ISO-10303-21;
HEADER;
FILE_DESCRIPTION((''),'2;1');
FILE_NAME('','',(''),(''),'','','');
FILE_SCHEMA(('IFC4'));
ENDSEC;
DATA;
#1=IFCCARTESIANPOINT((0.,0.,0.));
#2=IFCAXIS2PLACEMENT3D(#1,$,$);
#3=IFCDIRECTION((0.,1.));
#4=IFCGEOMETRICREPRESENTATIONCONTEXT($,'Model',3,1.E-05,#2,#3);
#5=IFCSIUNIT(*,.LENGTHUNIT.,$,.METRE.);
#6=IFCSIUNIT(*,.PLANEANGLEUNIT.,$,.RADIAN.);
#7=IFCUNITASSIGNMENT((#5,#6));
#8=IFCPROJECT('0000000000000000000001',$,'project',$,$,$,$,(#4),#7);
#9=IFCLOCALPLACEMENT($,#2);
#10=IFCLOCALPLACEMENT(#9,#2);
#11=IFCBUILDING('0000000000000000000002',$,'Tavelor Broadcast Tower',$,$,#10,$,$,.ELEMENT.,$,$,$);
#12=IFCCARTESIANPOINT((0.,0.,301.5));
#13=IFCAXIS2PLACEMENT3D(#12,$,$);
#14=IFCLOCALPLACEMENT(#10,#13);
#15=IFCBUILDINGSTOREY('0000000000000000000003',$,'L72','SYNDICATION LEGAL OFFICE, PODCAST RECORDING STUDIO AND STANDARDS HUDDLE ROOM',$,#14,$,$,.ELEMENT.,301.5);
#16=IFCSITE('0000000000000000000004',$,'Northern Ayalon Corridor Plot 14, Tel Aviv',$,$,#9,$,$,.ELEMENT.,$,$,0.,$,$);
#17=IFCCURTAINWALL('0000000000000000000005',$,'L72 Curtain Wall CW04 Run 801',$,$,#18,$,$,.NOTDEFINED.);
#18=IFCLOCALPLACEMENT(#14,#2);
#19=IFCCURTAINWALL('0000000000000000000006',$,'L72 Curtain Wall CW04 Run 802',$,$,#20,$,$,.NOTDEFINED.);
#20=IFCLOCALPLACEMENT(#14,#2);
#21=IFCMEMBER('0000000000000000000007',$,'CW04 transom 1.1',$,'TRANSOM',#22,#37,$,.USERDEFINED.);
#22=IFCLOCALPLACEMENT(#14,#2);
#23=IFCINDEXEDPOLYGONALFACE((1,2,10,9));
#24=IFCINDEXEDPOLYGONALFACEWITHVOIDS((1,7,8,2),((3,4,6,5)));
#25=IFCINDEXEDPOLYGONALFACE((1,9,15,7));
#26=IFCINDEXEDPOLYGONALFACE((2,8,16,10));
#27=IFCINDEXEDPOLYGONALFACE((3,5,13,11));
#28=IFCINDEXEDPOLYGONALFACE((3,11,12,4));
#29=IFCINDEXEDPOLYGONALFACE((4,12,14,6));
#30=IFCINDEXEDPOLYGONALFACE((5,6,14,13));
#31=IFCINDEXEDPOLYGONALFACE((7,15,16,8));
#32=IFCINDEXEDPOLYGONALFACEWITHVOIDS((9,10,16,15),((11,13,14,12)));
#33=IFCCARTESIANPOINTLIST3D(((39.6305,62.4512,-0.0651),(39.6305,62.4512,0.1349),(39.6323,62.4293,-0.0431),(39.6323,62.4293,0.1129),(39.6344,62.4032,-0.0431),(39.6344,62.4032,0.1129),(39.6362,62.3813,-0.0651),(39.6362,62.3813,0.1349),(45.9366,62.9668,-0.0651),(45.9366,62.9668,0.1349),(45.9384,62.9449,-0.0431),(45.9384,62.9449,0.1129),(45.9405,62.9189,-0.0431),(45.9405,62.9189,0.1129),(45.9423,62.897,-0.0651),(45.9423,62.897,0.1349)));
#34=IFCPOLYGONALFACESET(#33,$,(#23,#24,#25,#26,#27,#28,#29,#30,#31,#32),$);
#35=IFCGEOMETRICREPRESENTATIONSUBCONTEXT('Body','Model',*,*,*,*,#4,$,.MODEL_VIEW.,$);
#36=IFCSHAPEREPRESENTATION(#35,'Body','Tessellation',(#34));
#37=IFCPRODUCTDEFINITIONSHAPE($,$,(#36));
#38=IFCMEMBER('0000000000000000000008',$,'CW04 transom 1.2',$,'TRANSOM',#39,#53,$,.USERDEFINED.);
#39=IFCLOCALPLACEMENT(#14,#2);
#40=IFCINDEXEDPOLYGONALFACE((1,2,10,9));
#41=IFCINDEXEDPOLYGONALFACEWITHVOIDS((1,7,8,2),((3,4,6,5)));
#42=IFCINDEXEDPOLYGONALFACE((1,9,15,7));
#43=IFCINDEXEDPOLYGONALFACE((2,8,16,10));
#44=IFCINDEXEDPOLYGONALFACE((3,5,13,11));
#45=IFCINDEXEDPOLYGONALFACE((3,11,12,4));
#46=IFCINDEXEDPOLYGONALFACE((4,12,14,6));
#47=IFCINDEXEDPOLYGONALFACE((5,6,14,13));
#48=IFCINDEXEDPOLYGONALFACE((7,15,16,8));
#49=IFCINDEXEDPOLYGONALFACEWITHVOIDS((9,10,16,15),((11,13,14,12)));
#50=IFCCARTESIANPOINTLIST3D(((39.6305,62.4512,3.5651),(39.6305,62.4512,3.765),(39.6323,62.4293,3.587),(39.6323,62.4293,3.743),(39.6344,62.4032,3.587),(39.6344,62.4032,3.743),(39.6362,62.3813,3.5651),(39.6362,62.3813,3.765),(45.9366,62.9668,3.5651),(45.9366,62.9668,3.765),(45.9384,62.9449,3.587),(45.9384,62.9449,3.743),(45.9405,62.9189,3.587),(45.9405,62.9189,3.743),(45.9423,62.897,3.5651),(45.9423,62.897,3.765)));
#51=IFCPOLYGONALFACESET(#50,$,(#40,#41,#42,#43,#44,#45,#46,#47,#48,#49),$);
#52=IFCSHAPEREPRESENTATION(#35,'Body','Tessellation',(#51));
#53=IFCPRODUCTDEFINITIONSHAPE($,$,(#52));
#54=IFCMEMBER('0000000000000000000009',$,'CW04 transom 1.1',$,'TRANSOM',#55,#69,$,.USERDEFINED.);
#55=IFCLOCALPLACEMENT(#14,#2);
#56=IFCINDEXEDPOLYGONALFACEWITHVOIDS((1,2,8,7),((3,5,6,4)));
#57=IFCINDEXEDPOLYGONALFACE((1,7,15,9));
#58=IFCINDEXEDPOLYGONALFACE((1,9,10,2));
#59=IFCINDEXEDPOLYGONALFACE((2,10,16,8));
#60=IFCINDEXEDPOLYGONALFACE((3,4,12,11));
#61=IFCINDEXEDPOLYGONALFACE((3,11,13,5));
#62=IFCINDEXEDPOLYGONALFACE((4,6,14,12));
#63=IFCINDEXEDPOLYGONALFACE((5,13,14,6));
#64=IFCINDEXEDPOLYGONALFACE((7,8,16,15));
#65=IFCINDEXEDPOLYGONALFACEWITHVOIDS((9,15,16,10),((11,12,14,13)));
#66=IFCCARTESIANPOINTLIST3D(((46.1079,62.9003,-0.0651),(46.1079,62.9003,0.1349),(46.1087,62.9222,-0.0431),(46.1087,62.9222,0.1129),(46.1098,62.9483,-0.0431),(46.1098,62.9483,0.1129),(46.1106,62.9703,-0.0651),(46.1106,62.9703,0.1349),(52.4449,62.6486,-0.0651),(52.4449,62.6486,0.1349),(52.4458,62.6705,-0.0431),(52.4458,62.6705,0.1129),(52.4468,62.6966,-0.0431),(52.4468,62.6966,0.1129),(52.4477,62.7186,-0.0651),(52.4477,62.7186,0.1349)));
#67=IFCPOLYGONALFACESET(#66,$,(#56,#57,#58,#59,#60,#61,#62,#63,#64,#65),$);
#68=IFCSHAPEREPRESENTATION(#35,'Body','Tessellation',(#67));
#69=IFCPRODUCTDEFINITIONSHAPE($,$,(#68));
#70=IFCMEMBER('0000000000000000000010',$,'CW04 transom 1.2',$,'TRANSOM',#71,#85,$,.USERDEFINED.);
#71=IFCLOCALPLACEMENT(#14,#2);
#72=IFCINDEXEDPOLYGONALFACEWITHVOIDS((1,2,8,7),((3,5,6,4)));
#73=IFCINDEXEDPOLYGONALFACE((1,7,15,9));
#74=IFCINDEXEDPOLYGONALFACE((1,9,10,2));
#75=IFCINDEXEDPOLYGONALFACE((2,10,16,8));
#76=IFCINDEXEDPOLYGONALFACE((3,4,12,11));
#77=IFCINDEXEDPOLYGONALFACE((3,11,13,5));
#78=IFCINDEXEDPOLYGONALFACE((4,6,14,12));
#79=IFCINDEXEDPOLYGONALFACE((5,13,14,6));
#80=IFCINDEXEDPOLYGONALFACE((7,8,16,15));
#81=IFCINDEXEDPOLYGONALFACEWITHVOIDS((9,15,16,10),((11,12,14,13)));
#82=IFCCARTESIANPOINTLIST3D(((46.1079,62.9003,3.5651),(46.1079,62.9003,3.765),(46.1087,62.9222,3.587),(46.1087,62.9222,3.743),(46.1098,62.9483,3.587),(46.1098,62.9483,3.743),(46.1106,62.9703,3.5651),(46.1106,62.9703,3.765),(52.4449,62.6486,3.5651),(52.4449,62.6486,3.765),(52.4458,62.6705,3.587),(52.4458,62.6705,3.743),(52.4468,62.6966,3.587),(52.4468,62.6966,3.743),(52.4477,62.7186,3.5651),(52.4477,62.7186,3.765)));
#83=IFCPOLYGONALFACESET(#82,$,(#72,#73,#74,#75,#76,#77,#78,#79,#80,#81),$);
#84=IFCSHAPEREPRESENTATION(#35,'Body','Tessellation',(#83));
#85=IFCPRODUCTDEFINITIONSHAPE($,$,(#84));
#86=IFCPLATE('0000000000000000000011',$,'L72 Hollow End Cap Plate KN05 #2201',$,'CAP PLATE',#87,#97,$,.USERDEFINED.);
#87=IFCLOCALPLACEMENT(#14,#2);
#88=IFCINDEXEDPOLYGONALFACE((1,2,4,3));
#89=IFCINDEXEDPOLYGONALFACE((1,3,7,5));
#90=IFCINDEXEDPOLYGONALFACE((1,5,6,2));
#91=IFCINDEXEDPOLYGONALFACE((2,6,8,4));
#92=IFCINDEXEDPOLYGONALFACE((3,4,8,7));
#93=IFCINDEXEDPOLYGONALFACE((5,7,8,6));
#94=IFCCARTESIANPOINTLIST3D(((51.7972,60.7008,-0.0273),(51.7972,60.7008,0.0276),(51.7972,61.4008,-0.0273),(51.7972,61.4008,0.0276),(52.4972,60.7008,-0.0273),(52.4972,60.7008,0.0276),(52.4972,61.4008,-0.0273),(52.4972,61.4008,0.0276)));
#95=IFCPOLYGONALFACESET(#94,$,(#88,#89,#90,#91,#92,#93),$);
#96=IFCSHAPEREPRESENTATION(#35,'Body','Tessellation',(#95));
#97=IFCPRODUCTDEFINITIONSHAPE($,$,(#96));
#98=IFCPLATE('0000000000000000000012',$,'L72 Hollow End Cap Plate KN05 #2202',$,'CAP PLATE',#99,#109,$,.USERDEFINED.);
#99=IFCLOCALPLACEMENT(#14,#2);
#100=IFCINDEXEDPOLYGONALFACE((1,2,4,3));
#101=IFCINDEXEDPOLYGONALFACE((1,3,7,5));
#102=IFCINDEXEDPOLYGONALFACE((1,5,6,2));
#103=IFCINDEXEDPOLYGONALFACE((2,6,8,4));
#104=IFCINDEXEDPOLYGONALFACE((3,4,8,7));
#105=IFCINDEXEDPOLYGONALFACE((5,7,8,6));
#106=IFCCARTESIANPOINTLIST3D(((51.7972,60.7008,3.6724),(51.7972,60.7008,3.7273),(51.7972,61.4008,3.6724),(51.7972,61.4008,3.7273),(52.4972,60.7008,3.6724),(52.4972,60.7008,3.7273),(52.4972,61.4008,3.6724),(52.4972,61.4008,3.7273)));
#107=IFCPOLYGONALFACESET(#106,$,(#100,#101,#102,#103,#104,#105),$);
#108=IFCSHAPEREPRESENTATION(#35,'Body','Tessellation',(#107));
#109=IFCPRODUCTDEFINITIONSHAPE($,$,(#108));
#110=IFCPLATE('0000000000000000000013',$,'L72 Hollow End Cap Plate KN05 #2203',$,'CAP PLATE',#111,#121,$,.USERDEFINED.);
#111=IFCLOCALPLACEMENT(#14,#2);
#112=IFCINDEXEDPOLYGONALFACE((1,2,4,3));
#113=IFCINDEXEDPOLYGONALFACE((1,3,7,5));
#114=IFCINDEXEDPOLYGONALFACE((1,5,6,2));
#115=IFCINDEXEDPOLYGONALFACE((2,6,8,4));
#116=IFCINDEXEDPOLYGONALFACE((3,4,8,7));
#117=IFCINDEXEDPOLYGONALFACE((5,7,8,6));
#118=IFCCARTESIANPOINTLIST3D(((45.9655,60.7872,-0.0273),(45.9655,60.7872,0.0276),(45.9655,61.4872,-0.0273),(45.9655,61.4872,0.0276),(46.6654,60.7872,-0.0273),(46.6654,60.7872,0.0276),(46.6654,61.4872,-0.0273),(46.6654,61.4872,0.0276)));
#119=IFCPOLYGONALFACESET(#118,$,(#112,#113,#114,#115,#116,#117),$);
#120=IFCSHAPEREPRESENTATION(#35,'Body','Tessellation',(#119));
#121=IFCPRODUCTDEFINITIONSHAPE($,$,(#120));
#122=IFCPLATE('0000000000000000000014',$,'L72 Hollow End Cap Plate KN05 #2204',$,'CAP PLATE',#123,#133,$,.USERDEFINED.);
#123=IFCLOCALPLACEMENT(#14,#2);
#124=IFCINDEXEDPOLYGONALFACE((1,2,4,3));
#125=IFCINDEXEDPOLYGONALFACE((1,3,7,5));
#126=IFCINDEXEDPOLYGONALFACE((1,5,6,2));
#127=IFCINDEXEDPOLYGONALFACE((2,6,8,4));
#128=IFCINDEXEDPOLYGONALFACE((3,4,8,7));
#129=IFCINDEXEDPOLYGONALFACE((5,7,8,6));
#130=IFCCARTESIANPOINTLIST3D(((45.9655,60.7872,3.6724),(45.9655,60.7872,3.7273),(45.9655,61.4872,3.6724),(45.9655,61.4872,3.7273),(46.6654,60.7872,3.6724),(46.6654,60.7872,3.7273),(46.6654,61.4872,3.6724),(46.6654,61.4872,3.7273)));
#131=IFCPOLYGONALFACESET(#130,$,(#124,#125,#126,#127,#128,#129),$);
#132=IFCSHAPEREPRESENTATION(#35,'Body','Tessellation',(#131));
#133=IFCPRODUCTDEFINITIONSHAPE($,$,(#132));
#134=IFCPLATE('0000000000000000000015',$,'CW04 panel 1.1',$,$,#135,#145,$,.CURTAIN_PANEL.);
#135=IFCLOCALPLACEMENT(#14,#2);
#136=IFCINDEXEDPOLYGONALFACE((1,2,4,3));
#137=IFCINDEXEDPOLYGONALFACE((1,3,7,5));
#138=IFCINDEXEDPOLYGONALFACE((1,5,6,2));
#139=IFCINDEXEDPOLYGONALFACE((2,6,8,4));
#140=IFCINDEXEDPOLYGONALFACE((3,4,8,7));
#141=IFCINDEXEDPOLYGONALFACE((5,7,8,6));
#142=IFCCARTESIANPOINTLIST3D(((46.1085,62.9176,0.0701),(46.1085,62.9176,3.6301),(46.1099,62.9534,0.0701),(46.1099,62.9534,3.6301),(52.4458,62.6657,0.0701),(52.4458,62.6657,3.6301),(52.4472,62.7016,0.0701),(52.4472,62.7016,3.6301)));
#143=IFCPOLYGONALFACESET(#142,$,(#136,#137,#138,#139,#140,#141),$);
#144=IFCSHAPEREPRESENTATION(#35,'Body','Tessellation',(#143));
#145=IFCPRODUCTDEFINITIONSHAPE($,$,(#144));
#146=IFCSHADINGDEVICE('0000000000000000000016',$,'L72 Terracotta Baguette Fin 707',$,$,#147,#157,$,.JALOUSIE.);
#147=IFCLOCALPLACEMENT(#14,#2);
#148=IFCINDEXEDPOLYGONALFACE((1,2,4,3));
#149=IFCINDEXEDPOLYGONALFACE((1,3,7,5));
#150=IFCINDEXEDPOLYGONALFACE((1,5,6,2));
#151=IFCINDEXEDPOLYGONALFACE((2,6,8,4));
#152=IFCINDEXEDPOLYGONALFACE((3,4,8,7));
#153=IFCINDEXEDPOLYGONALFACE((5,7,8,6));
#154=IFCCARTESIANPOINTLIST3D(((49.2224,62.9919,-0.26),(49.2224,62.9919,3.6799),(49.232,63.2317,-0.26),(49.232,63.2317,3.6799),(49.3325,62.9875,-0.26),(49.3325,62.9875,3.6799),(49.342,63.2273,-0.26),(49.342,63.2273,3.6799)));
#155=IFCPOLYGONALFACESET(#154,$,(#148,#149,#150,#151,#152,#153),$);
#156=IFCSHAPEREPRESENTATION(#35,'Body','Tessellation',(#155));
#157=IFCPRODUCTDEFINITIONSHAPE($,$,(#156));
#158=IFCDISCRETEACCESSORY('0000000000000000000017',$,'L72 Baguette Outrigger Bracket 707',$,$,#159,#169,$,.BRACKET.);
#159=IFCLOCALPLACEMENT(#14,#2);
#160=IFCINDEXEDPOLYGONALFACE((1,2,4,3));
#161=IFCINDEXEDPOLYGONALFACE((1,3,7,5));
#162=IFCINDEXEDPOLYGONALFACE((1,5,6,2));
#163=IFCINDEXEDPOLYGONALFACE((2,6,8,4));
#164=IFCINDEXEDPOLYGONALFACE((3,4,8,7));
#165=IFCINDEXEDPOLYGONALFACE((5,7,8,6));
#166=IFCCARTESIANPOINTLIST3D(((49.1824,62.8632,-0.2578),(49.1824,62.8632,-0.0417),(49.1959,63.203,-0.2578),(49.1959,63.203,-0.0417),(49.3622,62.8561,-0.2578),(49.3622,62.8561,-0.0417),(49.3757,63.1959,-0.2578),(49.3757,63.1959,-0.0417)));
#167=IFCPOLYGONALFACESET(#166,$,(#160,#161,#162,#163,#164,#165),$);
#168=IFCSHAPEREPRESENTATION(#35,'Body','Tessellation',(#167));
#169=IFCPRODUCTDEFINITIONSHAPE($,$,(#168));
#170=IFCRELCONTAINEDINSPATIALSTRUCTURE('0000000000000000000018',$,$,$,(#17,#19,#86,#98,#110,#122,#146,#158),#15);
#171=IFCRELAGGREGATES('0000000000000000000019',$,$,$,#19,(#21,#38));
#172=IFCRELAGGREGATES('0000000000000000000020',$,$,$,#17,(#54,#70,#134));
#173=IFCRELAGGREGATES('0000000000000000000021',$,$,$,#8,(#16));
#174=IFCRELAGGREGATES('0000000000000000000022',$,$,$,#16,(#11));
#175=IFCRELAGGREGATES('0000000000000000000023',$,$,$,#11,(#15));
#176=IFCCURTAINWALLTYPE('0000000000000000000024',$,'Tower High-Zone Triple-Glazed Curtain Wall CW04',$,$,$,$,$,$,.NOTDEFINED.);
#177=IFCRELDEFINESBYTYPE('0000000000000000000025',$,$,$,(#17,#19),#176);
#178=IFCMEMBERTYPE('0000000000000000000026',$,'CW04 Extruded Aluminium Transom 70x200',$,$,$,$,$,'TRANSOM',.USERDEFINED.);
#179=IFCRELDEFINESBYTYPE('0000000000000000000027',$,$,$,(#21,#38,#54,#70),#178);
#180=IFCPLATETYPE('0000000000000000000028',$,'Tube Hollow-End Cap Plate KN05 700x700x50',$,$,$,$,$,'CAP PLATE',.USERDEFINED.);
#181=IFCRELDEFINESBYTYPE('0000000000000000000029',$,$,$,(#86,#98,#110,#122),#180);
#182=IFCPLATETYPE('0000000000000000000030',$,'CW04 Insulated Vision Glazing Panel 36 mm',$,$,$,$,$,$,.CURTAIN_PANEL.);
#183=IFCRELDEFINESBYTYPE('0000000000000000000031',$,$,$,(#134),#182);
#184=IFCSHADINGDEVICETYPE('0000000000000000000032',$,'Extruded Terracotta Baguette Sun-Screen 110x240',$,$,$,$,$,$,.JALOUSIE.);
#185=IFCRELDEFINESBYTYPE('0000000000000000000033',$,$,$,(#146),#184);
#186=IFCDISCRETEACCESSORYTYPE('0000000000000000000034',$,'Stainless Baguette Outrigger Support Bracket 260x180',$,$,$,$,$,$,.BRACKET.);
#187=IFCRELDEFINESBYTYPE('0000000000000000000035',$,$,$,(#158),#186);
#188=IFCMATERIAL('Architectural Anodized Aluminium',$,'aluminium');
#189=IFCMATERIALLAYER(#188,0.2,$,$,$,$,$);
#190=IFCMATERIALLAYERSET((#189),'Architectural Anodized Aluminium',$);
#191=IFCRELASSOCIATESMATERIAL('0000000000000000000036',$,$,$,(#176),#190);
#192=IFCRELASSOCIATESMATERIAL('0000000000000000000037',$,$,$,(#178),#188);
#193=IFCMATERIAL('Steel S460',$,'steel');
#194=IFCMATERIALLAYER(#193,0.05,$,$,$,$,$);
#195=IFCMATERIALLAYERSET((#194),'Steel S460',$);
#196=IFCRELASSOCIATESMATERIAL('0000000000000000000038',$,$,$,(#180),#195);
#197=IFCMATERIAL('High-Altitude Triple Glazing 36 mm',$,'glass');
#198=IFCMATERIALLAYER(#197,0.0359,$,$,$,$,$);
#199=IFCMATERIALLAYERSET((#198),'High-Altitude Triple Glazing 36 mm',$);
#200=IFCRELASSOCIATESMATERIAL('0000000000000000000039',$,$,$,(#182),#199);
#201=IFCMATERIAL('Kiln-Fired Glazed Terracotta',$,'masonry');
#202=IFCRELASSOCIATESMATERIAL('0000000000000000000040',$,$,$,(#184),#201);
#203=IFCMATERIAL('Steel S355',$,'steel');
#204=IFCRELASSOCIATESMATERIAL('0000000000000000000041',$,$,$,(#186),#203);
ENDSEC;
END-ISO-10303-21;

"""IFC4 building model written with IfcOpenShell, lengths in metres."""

from ifc_helpers import new_model, si_unit, direction, frame, origin, origin_2d, place, context, subcontext, project, spatial, rectangle, hollow_rectangle, extrude, source, transform, mapped, material, layer, layer_set, material_profile, profile_set, type_object, type_shapes, element, aggregate, save


model = new_model("IFC4")

# Units and contexts
model_context = context("Model", 3, precision=1e-05, world=origin(), true_north=direction((0.0, 1.0)))
body_context = subcontext(model_context, "Body", "Model", "MODEL_VIEW")
ifc_project = project(units=[si_unit("LENGTHUNIT", "METRE"), si_unit("PLANEANGLEUNIT", "RADIAN")], contexts=[model_context])

# Site, building, storey
site_placement = place(None, origin())
site = spatial("IfcSite", under=ifc_project, at=site_placement, Name="Northern Ayalon Corridor Plot 14, Tel Aviv", CompositionType="ELEMENT", RefElevation=0.0)
building_placement = place(site_placement, origin())
building = spatial("IfcBuilding", under=site, at=building_placement, Name="Tavelor Broadcast Tower", CompositionType="ELEMENT")
storey_placement = place(building_placement, frame((0.0, 0.0, 301.5)))
storey = spatial("IfcBuildingStorey", under=building, at=storey_placement, Name="L72", Description="SYNDICATION LEGAL OFFICE, PODCAST RECORDING STUDIO AND STANDARDS HUDDLE ROOM", CompositionType="ELEMENT", Elevation=301.5)

# Shared definitions
ifc_material_1 = material(Name="Steel S460", Category="steel")

# Shared definitions
ifc_material_2 = material(Name="Steel S355", Category="steel")

# Curtain walls, members
ifc_material_3 = material(Name="Architectural Anodized Aluminium", Category="aluminium")
ifc_layer_1 = layer(ifc_material_3, 0.2)
ifc_layer_set_1 = layer_set([ifc_layer_1], Name="Architectural Anodized Aluminium")
curtain_wall_type = type_object("IfcCurtainWallType", Name="Tower High-Zone Triple-Glazed Curtain Wall CW04", PredefinedType="NOTDEFINED", material=ifc_layer_set_1)
curtain_wall_1_placement = place(storey_placement, origin())
curtain_wall_1 = element("IfcCurtainWall", 1, at=curtain_wall_1_placement, inside=storey, type_object=curtain_wall_type, Name="L72 Curtain Wall CW04 Run 801", PredefinedType="NOTDEFINED")
curtain_wall_2_placement = place(storey_placement, origin())
curtain_wall_2 = element("IfcCurtainWall", 2, at=curtain_wall_2_placement, inside=storey, type_object=curtain_wall_type, Name="L72 Curtain Wall CW04 Run 802", PredefinedType="NOTDEFINED")
ifc_material_profile_1 = material_profile(ifc_material_3, hollow_rectangle(XDim=0.0701, YDim=0.2, WallThickness=0.022, at=origin_2d()), Name="RHS 70x200x22")
ifc_profile_set_1 = profile_set([ifc_material_profile_1], Name="Architectural Anodized Aluminium")
member_type_1 = type_object("IfcMemberType", Name="CW04 Extruded Aluminium Transom 70x200", ElementType="TRANSOM", PredefinedType="USERDEFINED", material=ifc_profile_set_1)
shared_shape_1 = source(origin(), body_context, "Body", "SweptSolid", [
    extrude(hollow_rectangle(XDim=0.0701, YDim=0.2, WallThickness=0.022, at=origin_2d()), origin(), (0.0, 0.0, 1.0), 6.3271),
])
member_1_placement = place(storey_placement, frame((45.9395, 62.9319, 0.0349), z_axis=(-0.996674, -0.081493, 0.0), x_axis=(0.081493, -0.996674, 0.0)))
member_1 = element("IfcMember", 3, at=member_1_placement, type_object=member_type_1, Name="CW04 transom 1.1", ObjectType="TRANSOM", PredefinedType="USERDEFINED", context=body_context, shape_type="MappedRepresentation", body=[
    mapped(shared_shape_1, transform((0.0, 0.0, 0.0), scale=1.0)),
])
member_2_placement = place(storey_placement, frame((45.9395, 62.9319, 3.665), z_axis=(-0.996674, -0.081493, 0.0), x_axis=(0.081493, -0.996674, 0.0)))
member_2 = element("IfcMember", 4, at=member_2_placement, type_object=member_type_1, Name="CW04 transom 1.2", ObjectType="TRANSOM", PredefinedType="USERDEFINED", context=body_context, shape_type="MappedRepresentation", body=[
    mapped(shared_shape_1, transform((0.0, 0.0, 0.0), scale=1.0)),
])
aggregate(curtain_wall_2, [member_1, member_2])

# Members
shared_shape_2 = source(origin(), body_context, "Body", "SweptSolid", [
    extrude(hollow_rectangle(XDim=0.0701, YDim=0.2, WallThickness=0.022, at=origin_2d()), origin(), (0.0, 0.0, 1.0), 6.342),
])
type_shapes(member_type_1, [shared_shape_1, shared_shape_2])
member_3_placement = place(storey_placement, frame((52.4463, 62.6836, 0.0349), z_axis=(-0.999212, 0.039688, 0.0), x_axis=(-0.039688, -0.999212, 0.0)))
member_3 = element("IfcMember", 5, at=member_3_placement, type_object=member_type_1, Name="CW04 transom 1.1", ObjectType="TRANSOM", PredefinedType="USERDEFINED", context=body_context, shape_type="MappedRepresentation", body=[
    mapped(shared_shape_2, transform((0.0, 0.0, 0.0), scale=1.0)),
])
member_4_placement = place(storey_placement, frame((52.4463, 62.6836, 3.665), z_axis=(-0.999212, 0.039688, 0.0), x_axis=(-0.039688, -0.999212, 0.0)))
member_4 = element("IfcMember", 6, at=member_4_placement, type_object=member_type_1, Name="CW04 transom 1.2", ObjectType="TRANSOM", PredefinedType="USERDEFINED", context=body_context, shape_type="MappedRepresentation", body=[
    mapped(shared_shape_2, transform((0.0, 0.0, 0.0), scale=1.0)),
])

# Plates
ifc_layer_2 = layer(ifc_material_1, 0.05)
ifc_layer_set_2 = layer_set([ifc_layer_2], Name="Steel S460")
plate_type_1 = type_object("IfcPlateType", Name="Tube Hollow-End Cap Plate KN05 700x700x50", ElementType="CAP PLATE", PredefinedType="USERDEFINED", material=ifc_layer_set_2)
shared_shape_3 = source(origin(), body_context, "Body", "SweptSolid", [
    extrude(rectangle(XDim=0.7, YDim=0.7, at=origin_2d()), origin(), (0.0, 0.0, 1.0), 0.0549),
])
type_shapes(plate_type_1, [shared_shape_3])
for number, where, z_axis, x_axis, name in (
    (7, (52.1472, 61.0508, -0.0273), (0.0, 0.0, 1.0), (1.0, 0.0, 0.0), "L72 Hollow End Cap Plate KN05 #2201"),
    (8, (52.1472, 61.0508, 3.6724), (0.0, 0.0, 1.0), (1.0, 0.0, 0.0), "L72 Hollow End Cap Plate KN05 #2202"),
    (9, (46.3154, 61.1372, -0.0273), (0.0, 0.0, 1.0), (1.0, 0.0, 0.0), "L72 Hollow End Cap Plate KN05 #2203"),
    (10, (46.3154, 61.1372, 3.6724), (0.0, 0.0, 1.0), (1.0, 0.0, 0.0), "L72 Hollow End Cap Plate KN05 #2204"),
):
    element("IfcPlate", number, at=place(storey_placement, frame(where, z_axis=z_axis, x_axis=x_axis)), inside=storey, type_object=plate_type_1, Name=name, ObjectType="CAP PLATE", PredefinedType="USERDEFINED", context=body_context, shape_type="MappedRepresentation", body=[
        mapped(shared_shape_3, transform((0.0, 0.0, 0.0), scale=1.0)),
    ])

# Plate
ifc_material_4 = material(Name="High-Altitude Triple Glazing 36 mm", Category="glass")
ifc_layer_3 = layer(ifc_material_4, 0.0359)
ifc_layer_set_3 = layer_set([ifc_layer_3], Name="High-Altitude Triple Glazing 36 mm")
plate_type_2 = type_object("IfcPlateType", Name="CW04 Insulated Vision Glazing Panel 36 mm", PredefinedType="CURTAIN_PANEL", material=ifc_layer_set_3)
shared_shape_4 = source(origin(), body_context, "Body", "SweptSolid", [
    extrude(rectangle(XDim=6.3423, YDim=0.0359, at=origin_2d()), origin(), (0.0, 0.0, 1.0), 3.5601),
])
type_shapes(plate_type_2, [shared_shape_4])
plate_placement = place(storey_placement, frame((49.2778, 62.8096, 0.0701), z_axis=(0.0, 0.0, 1.0), x_axis=(-0.999211, 0.039709, 0.0)))
plate = element("IfcPlate", 11, at=plate_placement, type_object=plate_type_2, Name="CW04 panel 1.1", PredefinedType="CURTAIN_PANEL", context=body_context, shape_type="MappedRepresentation", body=[
    mapped(shared_shape_4, transform((0.0, 0.0, 0.0), scale=1.0)),
])
aggregate(curtain_wall_1, [member_3, member_4, plate])

# Shading device
ifc_material_5 = material(Name="Kiln-Fired Glazed Terracotta", Category="masonry")
shading_device_type = type_object("IfcShadingDeviceType", Name="Extruded Terracotta Baguette Sun-Screen 110x240", PredefinedType="JALOUSIE", material=ifc_material_5)
shared_shape_5 = source(origin(), body_context, "Body", "SweptSolid", [
    extrude(rectangle(XDim=0.1101, YDim=0.24, at=origin_2d()), origin(), (0.0, 0.0, 1.0), 3.9399),
])
type_shapes(shading_device_type, [shared_shape_5])
shading_device_placement = place(storey_placement, frame((49.2822, 63.1096, -0.26), z_axis=(0.0, 0.0, 1.0), x_axis=(-0.999208, 0.039783, 0.0)))
element("IfcShadingDevice", 12, at=shading_device_placement, inside=storey, type_object=shading_device_type, Name="L72 Terracotta Baguette Fin 707", PredefinedType="JALOUSIE", context=body_context, shape_type="MappedRepresentation", body=[
    mapped(shared_shape_5, transform((0.0, 0.0, 0.0), scale=1.0)),
])

# Discrete accessory
discrete_accessory_type = type_object("IfcDiscreteAccessoryType", Name="Stainless Baguette Outrigger Support Bracket 260x180", PredefinedType="BRACKET", material=ifc_material_2)
shared_shape_6 = source(origin(), body_context, "Body", "SweptSolid", [
    extrude(rectangle(XDim=0.1799, YDim=0.3401, at=origin_2d()), origin(), (0.0, 0.0, 1.0), 0.2161),
])
type_shapes(discrete_accessory_type, [shared_shape_6])
discrete_accessory_placement = place(storey_placement, frame((49.2791, 63.0295, -0.2578), z_axis=(0.0, 0.0, 1.0), x_axis=(-0.999208, 0.039783, 0.0)))
element("IfcDiscreteAccessory", 13, at=discrete_accessory_placement, inside=storey, type_object=discrete_accessory_type, Name="L72 Baguette Outrigger Bracket 707", PredefinedType="BRACKET", context=body_context, shape_type="MappedRepresentation", body=[
    mapped(shared_shape_6, transform((0.0, 0.0, 0.0), scale=1.0)),
])

save(model, "model.ifc")
